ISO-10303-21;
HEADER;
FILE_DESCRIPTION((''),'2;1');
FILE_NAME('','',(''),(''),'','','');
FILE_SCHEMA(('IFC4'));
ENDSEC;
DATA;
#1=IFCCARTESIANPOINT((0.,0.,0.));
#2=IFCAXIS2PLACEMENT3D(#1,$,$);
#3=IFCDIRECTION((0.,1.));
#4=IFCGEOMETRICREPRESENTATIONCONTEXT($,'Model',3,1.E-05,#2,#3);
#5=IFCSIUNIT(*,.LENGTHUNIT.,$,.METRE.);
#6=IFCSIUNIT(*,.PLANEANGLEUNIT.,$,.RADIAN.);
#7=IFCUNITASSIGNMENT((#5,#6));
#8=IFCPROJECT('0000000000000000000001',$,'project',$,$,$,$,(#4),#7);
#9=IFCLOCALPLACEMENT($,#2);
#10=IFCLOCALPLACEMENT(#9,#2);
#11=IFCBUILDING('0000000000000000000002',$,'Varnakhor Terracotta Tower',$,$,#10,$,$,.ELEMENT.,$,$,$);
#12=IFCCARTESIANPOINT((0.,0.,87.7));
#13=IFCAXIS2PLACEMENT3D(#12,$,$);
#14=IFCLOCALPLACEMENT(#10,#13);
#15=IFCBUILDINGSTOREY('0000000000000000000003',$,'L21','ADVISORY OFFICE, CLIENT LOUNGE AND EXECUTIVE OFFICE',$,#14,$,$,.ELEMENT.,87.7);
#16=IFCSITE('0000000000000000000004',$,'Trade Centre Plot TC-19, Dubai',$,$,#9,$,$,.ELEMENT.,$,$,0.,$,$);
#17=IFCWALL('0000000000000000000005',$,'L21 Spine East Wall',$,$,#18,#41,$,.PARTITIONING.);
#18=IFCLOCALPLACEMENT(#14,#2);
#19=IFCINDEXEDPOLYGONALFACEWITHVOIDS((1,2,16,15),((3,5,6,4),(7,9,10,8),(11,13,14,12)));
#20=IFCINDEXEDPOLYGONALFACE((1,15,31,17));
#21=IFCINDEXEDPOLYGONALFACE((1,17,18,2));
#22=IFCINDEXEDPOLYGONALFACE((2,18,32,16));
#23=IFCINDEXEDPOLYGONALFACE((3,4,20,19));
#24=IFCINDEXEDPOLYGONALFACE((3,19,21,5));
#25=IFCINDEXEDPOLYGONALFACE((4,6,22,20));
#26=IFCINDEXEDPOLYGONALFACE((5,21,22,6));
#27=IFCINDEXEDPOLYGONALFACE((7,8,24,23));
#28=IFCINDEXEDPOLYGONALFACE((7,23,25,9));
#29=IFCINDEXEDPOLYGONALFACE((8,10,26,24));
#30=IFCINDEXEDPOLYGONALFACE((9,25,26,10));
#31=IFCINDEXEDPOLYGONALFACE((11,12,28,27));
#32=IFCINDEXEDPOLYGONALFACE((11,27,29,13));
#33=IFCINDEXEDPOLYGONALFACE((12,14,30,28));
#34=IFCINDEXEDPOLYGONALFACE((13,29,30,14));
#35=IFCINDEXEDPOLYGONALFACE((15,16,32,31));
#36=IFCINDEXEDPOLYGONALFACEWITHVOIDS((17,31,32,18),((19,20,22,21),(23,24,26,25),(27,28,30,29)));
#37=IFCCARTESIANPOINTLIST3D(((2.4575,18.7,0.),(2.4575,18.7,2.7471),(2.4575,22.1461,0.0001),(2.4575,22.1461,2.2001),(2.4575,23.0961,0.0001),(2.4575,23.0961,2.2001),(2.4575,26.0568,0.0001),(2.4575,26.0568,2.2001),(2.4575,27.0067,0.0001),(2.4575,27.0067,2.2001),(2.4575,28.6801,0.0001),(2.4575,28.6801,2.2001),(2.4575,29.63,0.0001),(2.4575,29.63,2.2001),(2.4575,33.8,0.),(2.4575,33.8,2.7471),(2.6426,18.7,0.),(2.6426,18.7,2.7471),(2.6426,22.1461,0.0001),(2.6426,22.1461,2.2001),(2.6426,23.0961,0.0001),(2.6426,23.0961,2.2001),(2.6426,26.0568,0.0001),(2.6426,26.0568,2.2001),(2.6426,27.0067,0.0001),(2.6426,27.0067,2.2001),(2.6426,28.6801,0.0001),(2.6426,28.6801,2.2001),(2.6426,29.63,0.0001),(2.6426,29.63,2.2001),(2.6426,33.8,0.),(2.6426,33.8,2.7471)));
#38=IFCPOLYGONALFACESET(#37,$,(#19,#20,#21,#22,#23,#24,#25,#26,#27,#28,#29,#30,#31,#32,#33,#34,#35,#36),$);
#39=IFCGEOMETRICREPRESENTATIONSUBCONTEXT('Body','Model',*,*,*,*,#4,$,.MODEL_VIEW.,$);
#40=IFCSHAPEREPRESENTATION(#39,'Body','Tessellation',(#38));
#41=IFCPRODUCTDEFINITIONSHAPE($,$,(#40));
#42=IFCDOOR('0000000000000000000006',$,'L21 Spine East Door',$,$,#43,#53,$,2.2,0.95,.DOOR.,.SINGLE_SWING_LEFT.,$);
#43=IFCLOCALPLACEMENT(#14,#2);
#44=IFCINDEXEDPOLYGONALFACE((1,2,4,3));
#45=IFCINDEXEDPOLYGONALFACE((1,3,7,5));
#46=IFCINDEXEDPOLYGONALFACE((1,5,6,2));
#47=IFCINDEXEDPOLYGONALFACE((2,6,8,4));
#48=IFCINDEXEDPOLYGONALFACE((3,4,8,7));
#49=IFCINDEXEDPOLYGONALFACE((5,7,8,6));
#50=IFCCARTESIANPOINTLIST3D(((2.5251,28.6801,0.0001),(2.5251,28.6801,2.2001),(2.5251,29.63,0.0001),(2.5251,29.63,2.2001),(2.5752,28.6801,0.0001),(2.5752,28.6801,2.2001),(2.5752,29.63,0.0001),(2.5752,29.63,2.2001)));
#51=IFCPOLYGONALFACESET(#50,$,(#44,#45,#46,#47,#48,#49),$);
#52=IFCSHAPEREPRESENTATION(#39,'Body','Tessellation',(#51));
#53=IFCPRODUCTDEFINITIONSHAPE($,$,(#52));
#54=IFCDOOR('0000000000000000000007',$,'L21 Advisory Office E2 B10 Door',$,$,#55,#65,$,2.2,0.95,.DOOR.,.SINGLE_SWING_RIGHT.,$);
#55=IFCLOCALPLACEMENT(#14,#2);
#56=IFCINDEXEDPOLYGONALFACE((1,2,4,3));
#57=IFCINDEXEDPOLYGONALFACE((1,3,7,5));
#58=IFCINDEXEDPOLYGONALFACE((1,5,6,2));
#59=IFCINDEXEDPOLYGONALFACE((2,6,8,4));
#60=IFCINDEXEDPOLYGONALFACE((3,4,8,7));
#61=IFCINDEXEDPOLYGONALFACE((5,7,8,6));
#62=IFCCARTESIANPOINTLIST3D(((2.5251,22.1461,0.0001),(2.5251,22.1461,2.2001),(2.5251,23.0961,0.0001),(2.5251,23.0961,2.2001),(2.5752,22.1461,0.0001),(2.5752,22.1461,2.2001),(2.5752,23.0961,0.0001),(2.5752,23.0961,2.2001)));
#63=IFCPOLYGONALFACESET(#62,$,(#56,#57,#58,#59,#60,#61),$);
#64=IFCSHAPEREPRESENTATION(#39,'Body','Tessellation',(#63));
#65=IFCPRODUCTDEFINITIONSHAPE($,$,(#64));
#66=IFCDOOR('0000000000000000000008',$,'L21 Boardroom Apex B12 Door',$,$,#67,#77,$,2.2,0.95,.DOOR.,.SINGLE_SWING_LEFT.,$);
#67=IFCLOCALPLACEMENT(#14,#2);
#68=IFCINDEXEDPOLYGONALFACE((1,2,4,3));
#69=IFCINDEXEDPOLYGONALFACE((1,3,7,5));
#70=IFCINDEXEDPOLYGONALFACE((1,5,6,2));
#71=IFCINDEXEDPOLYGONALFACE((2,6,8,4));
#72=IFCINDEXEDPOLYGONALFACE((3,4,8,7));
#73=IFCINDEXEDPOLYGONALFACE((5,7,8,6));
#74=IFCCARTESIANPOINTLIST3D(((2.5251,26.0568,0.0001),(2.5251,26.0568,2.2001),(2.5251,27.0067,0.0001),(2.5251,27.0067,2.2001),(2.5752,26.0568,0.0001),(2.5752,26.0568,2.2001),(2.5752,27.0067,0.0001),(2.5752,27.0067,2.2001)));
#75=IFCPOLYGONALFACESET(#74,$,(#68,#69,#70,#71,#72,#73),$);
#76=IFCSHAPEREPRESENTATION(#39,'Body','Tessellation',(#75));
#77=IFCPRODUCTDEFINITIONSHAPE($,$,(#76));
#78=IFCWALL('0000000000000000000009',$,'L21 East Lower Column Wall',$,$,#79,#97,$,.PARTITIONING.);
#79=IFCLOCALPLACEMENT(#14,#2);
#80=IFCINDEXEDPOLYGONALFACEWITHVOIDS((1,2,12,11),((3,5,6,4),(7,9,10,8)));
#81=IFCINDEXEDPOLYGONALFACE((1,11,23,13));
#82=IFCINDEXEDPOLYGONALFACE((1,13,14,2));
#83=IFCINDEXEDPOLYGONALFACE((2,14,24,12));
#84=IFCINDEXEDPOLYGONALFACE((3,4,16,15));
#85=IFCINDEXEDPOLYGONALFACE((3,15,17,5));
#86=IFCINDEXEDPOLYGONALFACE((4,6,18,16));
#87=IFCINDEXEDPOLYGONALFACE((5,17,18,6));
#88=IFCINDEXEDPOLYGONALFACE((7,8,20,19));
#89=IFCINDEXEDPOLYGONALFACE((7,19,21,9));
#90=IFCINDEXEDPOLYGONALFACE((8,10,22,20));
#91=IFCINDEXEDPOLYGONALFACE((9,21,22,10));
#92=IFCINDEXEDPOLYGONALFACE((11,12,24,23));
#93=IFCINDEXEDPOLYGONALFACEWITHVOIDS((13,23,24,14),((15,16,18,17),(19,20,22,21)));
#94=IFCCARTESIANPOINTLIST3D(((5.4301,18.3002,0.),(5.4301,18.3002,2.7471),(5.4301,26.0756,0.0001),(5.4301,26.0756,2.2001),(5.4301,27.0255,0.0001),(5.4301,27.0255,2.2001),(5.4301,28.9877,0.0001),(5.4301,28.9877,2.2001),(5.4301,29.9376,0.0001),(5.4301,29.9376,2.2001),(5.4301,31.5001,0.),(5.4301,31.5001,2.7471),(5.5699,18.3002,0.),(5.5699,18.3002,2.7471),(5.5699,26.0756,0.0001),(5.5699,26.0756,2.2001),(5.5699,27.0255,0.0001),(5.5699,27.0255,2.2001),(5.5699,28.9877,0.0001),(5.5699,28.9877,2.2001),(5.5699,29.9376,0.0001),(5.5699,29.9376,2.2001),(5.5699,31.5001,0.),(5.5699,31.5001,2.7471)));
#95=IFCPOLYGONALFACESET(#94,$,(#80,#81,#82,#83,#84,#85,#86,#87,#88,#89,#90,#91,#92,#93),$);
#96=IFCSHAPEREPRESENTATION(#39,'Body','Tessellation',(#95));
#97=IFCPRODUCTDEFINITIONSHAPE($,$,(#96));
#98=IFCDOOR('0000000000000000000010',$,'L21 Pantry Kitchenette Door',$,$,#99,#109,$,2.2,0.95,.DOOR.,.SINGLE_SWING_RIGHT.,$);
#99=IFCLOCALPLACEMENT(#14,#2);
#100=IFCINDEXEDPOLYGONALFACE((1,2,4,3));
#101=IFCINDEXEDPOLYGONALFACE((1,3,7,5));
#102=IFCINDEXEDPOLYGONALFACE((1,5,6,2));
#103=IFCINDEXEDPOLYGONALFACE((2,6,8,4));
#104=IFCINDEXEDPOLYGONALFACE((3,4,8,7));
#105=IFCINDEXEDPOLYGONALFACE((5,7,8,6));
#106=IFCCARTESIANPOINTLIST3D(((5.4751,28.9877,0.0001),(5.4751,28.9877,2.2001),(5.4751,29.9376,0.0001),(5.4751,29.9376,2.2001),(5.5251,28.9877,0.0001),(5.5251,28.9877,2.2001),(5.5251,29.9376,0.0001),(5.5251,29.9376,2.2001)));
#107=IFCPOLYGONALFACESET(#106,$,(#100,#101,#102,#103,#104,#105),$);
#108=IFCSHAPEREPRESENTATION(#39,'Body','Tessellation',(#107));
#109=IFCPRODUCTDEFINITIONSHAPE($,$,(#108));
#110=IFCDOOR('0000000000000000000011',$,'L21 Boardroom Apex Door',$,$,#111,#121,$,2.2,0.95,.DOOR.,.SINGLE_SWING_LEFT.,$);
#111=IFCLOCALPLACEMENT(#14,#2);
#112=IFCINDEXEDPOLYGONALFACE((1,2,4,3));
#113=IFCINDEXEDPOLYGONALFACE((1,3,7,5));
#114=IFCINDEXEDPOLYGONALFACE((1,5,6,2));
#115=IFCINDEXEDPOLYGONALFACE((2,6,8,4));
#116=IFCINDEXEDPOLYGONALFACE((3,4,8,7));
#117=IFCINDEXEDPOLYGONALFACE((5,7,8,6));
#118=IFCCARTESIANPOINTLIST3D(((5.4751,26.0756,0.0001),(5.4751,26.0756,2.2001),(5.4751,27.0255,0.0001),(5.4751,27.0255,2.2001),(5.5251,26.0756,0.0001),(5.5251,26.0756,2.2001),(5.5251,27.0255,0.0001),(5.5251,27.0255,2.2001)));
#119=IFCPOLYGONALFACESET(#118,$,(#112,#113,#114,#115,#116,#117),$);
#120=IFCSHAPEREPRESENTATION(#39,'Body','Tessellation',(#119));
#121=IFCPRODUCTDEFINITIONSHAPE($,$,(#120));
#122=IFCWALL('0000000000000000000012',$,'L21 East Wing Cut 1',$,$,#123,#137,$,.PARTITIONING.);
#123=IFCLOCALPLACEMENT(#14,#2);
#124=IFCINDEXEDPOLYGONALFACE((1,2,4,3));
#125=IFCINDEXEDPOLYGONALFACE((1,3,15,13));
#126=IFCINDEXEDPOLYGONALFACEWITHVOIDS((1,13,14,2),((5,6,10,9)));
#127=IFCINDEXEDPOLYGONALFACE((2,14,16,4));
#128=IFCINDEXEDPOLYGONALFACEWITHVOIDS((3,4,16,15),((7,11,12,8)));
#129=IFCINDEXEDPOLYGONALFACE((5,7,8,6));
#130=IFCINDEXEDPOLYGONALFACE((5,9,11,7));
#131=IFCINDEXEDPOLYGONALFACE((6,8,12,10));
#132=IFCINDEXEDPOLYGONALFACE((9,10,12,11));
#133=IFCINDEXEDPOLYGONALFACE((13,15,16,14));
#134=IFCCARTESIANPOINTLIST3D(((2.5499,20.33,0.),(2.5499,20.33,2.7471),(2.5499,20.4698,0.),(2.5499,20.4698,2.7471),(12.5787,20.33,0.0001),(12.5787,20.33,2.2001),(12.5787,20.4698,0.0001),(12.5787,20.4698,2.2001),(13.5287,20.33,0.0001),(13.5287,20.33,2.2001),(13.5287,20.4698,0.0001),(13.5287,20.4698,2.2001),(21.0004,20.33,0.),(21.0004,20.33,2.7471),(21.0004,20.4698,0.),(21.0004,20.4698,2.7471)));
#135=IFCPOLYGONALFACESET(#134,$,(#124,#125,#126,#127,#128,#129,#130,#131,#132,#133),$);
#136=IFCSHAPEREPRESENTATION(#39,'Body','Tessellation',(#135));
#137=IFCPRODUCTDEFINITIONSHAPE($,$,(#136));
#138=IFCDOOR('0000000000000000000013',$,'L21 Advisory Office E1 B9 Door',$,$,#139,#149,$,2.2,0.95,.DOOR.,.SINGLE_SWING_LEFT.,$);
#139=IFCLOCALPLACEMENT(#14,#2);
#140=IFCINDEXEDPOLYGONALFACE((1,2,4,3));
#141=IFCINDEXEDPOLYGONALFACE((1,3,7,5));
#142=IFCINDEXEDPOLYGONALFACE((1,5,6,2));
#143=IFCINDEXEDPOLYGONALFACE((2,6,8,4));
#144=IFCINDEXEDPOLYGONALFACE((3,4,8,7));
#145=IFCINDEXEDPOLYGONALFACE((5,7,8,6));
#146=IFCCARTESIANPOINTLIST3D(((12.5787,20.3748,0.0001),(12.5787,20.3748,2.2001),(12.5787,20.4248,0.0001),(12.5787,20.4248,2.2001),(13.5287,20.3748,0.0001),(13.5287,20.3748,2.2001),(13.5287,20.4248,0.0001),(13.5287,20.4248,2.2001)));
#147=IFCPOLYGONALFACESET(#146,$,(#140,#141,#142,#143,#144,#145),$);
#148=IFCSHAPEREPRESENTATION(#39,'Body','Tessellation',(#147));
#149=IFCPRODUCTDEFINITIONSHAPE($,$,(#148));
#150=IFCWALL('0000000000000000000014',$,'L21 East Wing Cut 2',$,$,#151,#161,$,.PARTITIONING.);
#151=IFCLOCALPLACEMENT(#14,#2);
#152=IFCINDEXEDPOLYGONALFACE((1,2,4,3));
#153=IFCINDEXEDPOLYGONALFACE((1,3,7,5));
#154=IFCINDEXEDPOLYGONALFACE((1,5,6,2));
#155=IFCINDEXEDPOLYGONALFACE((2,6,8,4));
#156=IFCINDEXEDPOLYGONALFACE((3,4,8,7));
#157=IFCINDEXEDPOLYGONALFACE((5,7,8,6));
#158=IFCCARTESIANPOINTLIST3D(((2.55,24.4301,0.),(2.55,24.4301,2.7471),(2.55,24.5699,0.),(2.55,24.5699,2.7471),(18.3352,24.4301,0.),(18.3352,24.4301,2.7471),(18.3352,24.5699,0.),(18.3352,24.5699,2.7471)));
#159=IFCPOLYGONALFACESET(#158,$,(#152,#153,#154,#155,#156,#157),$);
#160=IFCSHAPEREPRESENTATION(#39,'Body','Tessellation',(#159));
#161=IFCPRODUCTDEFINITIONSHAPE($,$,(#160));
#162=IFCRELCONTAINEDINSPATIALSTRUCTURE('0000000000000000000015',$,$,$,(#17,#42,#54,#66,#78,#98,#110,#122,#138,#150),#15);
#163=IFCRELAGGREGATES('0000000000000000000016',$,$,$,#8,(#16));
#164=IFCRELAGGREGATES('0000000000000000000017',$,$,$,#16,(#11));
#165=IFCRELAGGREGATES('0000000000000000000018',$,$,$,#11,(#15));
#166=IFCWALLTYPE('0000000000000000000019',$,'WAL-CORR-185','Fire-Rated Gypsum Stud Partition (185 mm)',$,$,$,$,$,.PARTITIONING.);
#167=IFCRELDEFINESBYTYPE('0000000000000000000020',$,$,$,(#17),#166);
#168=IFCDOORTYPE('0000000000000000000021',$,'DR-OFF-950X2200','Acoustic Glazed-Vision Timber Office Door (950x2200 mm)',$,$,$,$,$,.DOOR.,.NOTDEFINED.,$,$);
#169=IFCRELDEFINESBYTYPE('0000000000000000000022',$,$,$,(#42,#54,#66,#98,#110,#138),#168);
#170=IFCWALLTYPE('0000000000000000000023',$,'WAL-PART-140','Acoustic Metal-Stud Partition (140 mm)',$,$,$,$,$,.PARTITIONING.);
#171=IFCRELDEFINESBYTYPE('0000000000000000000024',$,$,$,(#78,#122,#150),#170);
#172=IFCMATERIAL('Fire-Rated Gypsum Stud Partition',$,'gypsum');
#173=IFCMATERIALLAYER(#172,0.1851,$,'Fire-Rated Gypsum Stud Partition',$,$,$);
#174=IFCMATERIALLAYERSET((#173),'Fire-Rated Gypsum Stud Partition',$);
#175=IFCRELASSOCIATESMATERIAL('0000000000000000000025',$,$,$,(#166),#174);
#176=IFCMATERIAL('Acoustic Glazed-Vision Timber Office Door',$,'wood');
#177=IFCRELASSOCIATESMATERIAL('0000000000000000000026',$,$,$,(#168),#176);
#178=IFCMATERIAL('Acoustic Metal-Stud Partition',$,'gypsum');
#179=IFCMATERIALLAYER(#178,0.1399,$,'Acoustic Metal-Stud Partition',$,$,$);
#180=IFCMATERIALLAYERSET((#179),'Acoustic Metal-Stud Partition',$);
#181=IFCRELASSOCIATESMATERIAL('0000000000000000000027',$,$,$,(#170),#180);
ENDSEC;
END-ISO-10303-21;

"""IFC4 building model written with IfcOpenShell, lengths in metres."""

from ifc_helpers import new_model, si_unit, direction, frame, frame_2d, origin, place, context, subcontext, project, spatial, rectangle, extrude, source, transform, mapped, material, layer, layer_set, type_object, type_shapes, element, fill, save


model = new_model("IFC4")

# Units and contexts
model_context = context("Model", 3, precision=1e-05, world=origin(), true_north=direction((0.0, 1.0)))
body_context = subcontext(model_context, "Body", "Model", "MODEL_VIEW")
ifc_project = project(units=[si_unit("LENGTHUNIT", "METRE"), si_unit("PLANEANGLEUNIT", "RADIAN")], contexts=[model_context])

# Site, building, storey
site_placement = place(None, origin())
site = spatial("IfcSite", under=ifc_project, at=site_placement, Name="Trade Centre Plot TC-19, Dubai", CompositionType="ELEMENT", RefElevation=0.0)
building_placement = place(site_placement, origin())
building = spatial("IfcBuilding", under=site, at=building_placement, Name="Varnakhor Terracotta Tower", CompositionType="ELEMENT")
storey_placement = place(building_placement, frame((0.0, 0.0, 87.7)))
storey = spatial("IfcBuildingStorey", under=building, at=storey_placement, Name="L21", Description="ADVISORY OFFICE, CLIENT LOUNGE AND EXECUTIVE OFFICE", CompositionType="ELEMENT", Elevation=87.7)

# Shared definitions
ifc_material_1 = material(Name="Fire-Rated Gypsum Stud Partition", Category="gypsum")
ifc_layer_1 = layer(ifc_material_1, 0.1851, Name="Fire-Rated Gypsum Stud Partition")
ifc_layer_set_1 = layer_set([ifc_layer_1], Name="Fire-Rated Gypsum Stud Partition")
wall_type_1 = type_object("IfcWallType", Name="WAL-CORR-185", Description="Fire-Rated Gypsum Stud Partition (185 mm)", PredefinedType="PARTITIONING", material=ifc_layer_set_1)
ifc_material_2 = material(Name="Acoustic Glazed-Vision Timber Office Door", Category="wood")
door_type_1 = type_object("IfcDoorType", Name="DR-OFF-950X2200", Description="Acoustic Glazed-Vision Timber Office Door (950x2200 mm)", OperationType="NOTDEFINED", PredefinedType="DOOR", material=ifc_material_2)
shared_shape_1 = source(origin(), body_context, "Body", "SweptSolid", [
    extrude(rectangle(XDim=0.95, YDim=2.2, at=frame_2d((0.4751, 1.1001))), frame((0.0, 0.0249, 0.0), z_axis=(0.0, -1.0, 0.0), x_axis=(1.0, 0.0, 0.0)), (0.0, 0.0, 1.0), 0.05),
])
type_shapes(door_type_1, [shared_shape_1])

# Walls, openings, doors
wall_1_placement = place(storey_placement, frame((2.55, 18.7, 0.0), z_axis=(0.0, 0.0, 1.0), x_axis=(0.0, 1.0, 0.0)))
wall_1 = element("IfcWall", 1, at=wall_1_placement, inside=storey, type_object=wall_type_1, Name="L21 Spine East Wall", PredefinedType="PARTITIONING", context=body_context, shape_type="SweptSolid", body=[
    extrude(rectangle(XDim=15.1001, YDim=0.1851, at=frame_2d((7.55, 0.0))), origin(), (0.0, 0.0, 1.0), 2.7471),
])
opening_1_placement = place(wall_1_placement, frame((9.98, 0.0, 0.0)))
opening_1 = element("IfcOpeningElement", 2, at=opening_1_placement, cuts=wall_1, PredefinedType="OPENING", context=body_context, shape_type="SweptSolid", body=[
    extrude(rectangle(XDim=0.95, YDim=2.2, at=frame_2d((0.4751, 1.1001))), frame((0.0, 0.1025, 0.0), z_axis=(0.0, -1.0, 0.0), x_axis=(1.0, 0.0, 0.0)), (0.0, 0.0, 1.0), 0.2051),
])
opening_2_placement = place(wall_1_placement, frame((3.446, 0.0, 0.0)))
opening_2 = element("IfcOpeningElement", 3, at=opening_2_placement, cuts=wall_1, PredefinedType="OPENING", context=body_context, shape_type="SweptSolid", body=[
    extrude(rectangle(XDim=0.95, YDim=2.2, at=frame_2d((0.4751, 1.1001))), frame((0.0, 0.1025, 0.0), z_axis=(0.0, -1.0, 0.0), x_axis=(1.0, 0.0, 0.0)), (0.0, 0.0, 1.0), 0.2051),
])
opening_3_placement = place(wall_1_placement, frame((7.3567, 0.0, 0.0)))
opening_3 = element("IfcOpeningElement", 4, at=opening_3_placement, cuts=wall_1, PredefinedType="OPENING", context=body_context, shape_type="SweptSolid", body=[
    extrude(rectangle(XDim=0.95, YDim=2.2, at=frame_2d((0.4751, 1.1001))), frame((0.0, 0.1025, 0.0), z_axis=(0.0, -1.0, 0.0), x_axis=(1.0, 0.0, 0.0)), (0.0, 0.0, 1.0), 0.2051),
])
door_1_placement = place(opening_1_placement, origin())
door_1 = element("IfcDoor", 5, at=door_1_placement, inside=storey, type_object=door_type_1, Name="L21 Spine East Door", OperationType="SINGLE_SWING_LEFT", OverallHeight=2.2, OverallWidth=0.95, PredefinedType="DOOR", context=body_context, shape_type="MappedRepresentation", body=[
    mapped(shared_shape_1, transform((0.0, 0.0, 0.0), scale=1.0)),
])
fill(opening_1, door_1)
door_2_placement = place(opening_2_placement, origin())
door_2 = element("IfcDoor", 6, at=door_2_placement, inside=storey, type_object=door_type_1, Name="L21 Advisory Office E2 B10 Door", OperationType="SINGLE_SWING_RIGHT", OverallHeight=2.2, OverallWidth=0.95, PredefinedType="DOOR", context=body_context, shape_type="MappedRepresentation", body=[
    mapped(shared_shape_1, transform((0.0, 0.0, 0.0), scale=1.0)),
])
fill(opening_2, door_2)
door_3_placement = place(opening_3_placement, origin())
door_3 = element("IfcDoor", 7, at=door_3_placement, inside=storey, type_object=door_type_1, Name="L21 Boardroom Apex B12 Door", OperationType="SINGLE_SWING_LEFT", OverallHeight=2.2, OverallWidth=0.95, PredefinedType="DOOR", context=body_context, shape_type="MappedRepresentation", body=[
    mapped(shared_shape_1, transform((0.0, 0.0, 0.0), scale=1.0)),
])
fill(opening_3, door_3)
ifc_material_3 = material(Name="Acoustic Metal-Stud Partition", Category="gypsum")
ifc_layer_2 = layer(ifc_material_3, 0.1399, Name="Acoustic Metal-Stud Partition")
ifc_layer_set_2 = layer_set([ifc_layer_2], Name="Acoustic Metal-Stud Partition")
wall_type_2 = type_object("IfcWallType", Name="WAL-PART-140", Description="Acoustic Metal-Stud Partition (140 mm)", PredefinedType="PARTITIONING", material=ifc_layer_set_2)
wall_2_placement = place(storey_placement, frame((5.5, 18.3, 0.0), z_axis=(0.0, 0.0, 1.0), x_axis=(0.0, 1.0, 0.0)))
wall_2 = element("IfcWall", 8, at=wall_2_placement, inside=storey, type_object=wall_type_2, Name="L21 East Lower Column Wall", PredefinedType="PARTITIONING", context=body_context, shape_type="SweptSolid", body=[
    extrude(rectangle(XDim=13.2, YDim=0.1399, at=frame_2d((6.6001, 0.0))), origin(), (0.0, 0.0, 1.0), 2.7471),
])
opening_4_placement = place(wall_2_placement, frame((10.6875, 0.0, 0.0)))
opening_4 = element("IfcOpeningElement", 9, at=opening_4_placement, cuts=wall_2, PredefinedType="OPENING", context=body_context, shape_type="SweptSolid", body=[
    extrude(rectangle(XDim=0.95, YDim=2.2, at=frame_2d((0.4751, 1.1001))), frame((0.0, 0.0801, 0.0), z_axis=(0.0, -1.0, 0.0), x_axis=(1.0, 0.0, 0.0)), (0.0, 0.0, 1.0), 0.1599),
])
opening_5_placement = place(wall_2_placement, frame((7.7754, 0.0, 0.0)))
opening_5 = element("IfcOpeningElement", 10, at=opening_5_placement, cuts=wall_2, PredefinedType="OPENING", context=body_context, shape_type="SweptSolid", body=[
    extrude(rectangle(XDim=0.95, YDim=2.2, at=frame_2d((0.4751, 1.1001))), frame((0.0, 0.0801, 0.0), z_axis=(0.0, -1.0, 0.0), x_axis=(1.0, 0.0, 0.0)), (0.0, 0.0, 1.0), 0.1599),
])
door_4_placement = place(opening_4_placement, origin())
door_4 = element("IfcDoor", 11, at=door_4_placement, inside=storey, type_object=door_type_1, Name="L21 Pantry Kitchenette Door", OperationType="SINGLE_SWING_RIGHT", OverallHeight=2.2, OverallWidth=0.95, PredefinedType="DOOR", context=body_context, shape_type="MappedRepresentation", body=[
    mapped(shared_shape_1, transform((0.0, 0.0, 0.0), scale=1.0)),
])
fill(opening_4, door_4)
door_5_placement = place(opening_5_placement, origin())
door_5 = element("IfcDoor", 12, at=door_5_placement, inside=storey, type_object=door_type_1, Name="L21 Boardroom Apex Door", OperationType="SINGLE_SWING_LEFT", OverallHeight=2.2, OverallWidth=0.95, PredefinedType="DOOR", context=body_context, shape_type="MappedRepresentation", body=[
    mapped(shared_shape_1, transform((0.0, 0.0, 0.0), scale=1.0)),
])
fill(opening_5, door_5)

# Wall, opening, door
wall_3_placement = place(storey_placement, frame((2.55, 20.3999, 0.0), z_axis=(0.0, 0.0, 1.0), x_axis=(1.0, 0.0, 0.0)))
wall_3 = element("IfcWall", 13, at=wall_3_placement, inside=storey, type_object=wall_type_2, Name="L21 East Wing Cut 1", PredefinedType="PARTITIONING", context=body_context, shape_type="SweptSolid", body=[
    extrude(rectangle(XDim=18.4504, YDim=0.1399, at=frame_2d((9.2251, 0.0))), origin(), (0.0, 0.0, 1.0), 2.7471),
])
opening_6_placement = place(wall_3_placement, frame((10.0286, 0.0, 0.0)))
opening_6 = element("IfcOpeningElement", 14, at=opening_6_placement, cuts=wall_3, PredefinedType="OPENING", context=body_context, shape_type="SweptSolid", body=[
    extrude(rectangle(XDim=0.95, YDim=2.2, at=frame_2d((0.4751, 1.1001))), frame((0.0, 0.0801, 0.0), z_axis=(0.0, -1.0, 0.0), x_axis=(1.0, 0.0, 0.0)), (0.0, 0.0, 1.0), 0.1599),
])
door_6_placement = place(opening_6_placement, origin())
door_6 = element("IfcDoor", 15, at=door_6_placement, inside=storey, type_object=door_type_1, Name="L21 Advisory Office E1 B9 Door", OperationType="SINGLE_SWING_LEFT", OverallHeight=2.2, OverallWidth=0.95, PredefinedType="DOOR", context=body_context, shape_type="MappedRepresentation", body=[
    mapped(shared_shape_1, transform((0.0, 0.0, 0.0), scale=1.0)),
])
fill(opening_6, door_6)

# Wall
wall_4_placement = place(storey_placement, frame((2.55, 24.5, 0.0), z_axis=(0.0, 0.0, 1.0), x_axis=(1.0, 0.0, 0.0)))
element("IfcWall", 16, at=wall_4_placement, inside=storey, type_object=wall_type_2, Name="L21 East Wing Cut 2", PredefinedType="PARTITIONING", context=body_context, shape_type="SweptSolid", body=[
    extrude(rectangle(XDim=15.7852, YDim=0.1399, at=frame_2d((7.8926, 0.0))), origin(), (0.0, 0.0, 1.0), 2.7471),
])

save(model, "model.ifc")
